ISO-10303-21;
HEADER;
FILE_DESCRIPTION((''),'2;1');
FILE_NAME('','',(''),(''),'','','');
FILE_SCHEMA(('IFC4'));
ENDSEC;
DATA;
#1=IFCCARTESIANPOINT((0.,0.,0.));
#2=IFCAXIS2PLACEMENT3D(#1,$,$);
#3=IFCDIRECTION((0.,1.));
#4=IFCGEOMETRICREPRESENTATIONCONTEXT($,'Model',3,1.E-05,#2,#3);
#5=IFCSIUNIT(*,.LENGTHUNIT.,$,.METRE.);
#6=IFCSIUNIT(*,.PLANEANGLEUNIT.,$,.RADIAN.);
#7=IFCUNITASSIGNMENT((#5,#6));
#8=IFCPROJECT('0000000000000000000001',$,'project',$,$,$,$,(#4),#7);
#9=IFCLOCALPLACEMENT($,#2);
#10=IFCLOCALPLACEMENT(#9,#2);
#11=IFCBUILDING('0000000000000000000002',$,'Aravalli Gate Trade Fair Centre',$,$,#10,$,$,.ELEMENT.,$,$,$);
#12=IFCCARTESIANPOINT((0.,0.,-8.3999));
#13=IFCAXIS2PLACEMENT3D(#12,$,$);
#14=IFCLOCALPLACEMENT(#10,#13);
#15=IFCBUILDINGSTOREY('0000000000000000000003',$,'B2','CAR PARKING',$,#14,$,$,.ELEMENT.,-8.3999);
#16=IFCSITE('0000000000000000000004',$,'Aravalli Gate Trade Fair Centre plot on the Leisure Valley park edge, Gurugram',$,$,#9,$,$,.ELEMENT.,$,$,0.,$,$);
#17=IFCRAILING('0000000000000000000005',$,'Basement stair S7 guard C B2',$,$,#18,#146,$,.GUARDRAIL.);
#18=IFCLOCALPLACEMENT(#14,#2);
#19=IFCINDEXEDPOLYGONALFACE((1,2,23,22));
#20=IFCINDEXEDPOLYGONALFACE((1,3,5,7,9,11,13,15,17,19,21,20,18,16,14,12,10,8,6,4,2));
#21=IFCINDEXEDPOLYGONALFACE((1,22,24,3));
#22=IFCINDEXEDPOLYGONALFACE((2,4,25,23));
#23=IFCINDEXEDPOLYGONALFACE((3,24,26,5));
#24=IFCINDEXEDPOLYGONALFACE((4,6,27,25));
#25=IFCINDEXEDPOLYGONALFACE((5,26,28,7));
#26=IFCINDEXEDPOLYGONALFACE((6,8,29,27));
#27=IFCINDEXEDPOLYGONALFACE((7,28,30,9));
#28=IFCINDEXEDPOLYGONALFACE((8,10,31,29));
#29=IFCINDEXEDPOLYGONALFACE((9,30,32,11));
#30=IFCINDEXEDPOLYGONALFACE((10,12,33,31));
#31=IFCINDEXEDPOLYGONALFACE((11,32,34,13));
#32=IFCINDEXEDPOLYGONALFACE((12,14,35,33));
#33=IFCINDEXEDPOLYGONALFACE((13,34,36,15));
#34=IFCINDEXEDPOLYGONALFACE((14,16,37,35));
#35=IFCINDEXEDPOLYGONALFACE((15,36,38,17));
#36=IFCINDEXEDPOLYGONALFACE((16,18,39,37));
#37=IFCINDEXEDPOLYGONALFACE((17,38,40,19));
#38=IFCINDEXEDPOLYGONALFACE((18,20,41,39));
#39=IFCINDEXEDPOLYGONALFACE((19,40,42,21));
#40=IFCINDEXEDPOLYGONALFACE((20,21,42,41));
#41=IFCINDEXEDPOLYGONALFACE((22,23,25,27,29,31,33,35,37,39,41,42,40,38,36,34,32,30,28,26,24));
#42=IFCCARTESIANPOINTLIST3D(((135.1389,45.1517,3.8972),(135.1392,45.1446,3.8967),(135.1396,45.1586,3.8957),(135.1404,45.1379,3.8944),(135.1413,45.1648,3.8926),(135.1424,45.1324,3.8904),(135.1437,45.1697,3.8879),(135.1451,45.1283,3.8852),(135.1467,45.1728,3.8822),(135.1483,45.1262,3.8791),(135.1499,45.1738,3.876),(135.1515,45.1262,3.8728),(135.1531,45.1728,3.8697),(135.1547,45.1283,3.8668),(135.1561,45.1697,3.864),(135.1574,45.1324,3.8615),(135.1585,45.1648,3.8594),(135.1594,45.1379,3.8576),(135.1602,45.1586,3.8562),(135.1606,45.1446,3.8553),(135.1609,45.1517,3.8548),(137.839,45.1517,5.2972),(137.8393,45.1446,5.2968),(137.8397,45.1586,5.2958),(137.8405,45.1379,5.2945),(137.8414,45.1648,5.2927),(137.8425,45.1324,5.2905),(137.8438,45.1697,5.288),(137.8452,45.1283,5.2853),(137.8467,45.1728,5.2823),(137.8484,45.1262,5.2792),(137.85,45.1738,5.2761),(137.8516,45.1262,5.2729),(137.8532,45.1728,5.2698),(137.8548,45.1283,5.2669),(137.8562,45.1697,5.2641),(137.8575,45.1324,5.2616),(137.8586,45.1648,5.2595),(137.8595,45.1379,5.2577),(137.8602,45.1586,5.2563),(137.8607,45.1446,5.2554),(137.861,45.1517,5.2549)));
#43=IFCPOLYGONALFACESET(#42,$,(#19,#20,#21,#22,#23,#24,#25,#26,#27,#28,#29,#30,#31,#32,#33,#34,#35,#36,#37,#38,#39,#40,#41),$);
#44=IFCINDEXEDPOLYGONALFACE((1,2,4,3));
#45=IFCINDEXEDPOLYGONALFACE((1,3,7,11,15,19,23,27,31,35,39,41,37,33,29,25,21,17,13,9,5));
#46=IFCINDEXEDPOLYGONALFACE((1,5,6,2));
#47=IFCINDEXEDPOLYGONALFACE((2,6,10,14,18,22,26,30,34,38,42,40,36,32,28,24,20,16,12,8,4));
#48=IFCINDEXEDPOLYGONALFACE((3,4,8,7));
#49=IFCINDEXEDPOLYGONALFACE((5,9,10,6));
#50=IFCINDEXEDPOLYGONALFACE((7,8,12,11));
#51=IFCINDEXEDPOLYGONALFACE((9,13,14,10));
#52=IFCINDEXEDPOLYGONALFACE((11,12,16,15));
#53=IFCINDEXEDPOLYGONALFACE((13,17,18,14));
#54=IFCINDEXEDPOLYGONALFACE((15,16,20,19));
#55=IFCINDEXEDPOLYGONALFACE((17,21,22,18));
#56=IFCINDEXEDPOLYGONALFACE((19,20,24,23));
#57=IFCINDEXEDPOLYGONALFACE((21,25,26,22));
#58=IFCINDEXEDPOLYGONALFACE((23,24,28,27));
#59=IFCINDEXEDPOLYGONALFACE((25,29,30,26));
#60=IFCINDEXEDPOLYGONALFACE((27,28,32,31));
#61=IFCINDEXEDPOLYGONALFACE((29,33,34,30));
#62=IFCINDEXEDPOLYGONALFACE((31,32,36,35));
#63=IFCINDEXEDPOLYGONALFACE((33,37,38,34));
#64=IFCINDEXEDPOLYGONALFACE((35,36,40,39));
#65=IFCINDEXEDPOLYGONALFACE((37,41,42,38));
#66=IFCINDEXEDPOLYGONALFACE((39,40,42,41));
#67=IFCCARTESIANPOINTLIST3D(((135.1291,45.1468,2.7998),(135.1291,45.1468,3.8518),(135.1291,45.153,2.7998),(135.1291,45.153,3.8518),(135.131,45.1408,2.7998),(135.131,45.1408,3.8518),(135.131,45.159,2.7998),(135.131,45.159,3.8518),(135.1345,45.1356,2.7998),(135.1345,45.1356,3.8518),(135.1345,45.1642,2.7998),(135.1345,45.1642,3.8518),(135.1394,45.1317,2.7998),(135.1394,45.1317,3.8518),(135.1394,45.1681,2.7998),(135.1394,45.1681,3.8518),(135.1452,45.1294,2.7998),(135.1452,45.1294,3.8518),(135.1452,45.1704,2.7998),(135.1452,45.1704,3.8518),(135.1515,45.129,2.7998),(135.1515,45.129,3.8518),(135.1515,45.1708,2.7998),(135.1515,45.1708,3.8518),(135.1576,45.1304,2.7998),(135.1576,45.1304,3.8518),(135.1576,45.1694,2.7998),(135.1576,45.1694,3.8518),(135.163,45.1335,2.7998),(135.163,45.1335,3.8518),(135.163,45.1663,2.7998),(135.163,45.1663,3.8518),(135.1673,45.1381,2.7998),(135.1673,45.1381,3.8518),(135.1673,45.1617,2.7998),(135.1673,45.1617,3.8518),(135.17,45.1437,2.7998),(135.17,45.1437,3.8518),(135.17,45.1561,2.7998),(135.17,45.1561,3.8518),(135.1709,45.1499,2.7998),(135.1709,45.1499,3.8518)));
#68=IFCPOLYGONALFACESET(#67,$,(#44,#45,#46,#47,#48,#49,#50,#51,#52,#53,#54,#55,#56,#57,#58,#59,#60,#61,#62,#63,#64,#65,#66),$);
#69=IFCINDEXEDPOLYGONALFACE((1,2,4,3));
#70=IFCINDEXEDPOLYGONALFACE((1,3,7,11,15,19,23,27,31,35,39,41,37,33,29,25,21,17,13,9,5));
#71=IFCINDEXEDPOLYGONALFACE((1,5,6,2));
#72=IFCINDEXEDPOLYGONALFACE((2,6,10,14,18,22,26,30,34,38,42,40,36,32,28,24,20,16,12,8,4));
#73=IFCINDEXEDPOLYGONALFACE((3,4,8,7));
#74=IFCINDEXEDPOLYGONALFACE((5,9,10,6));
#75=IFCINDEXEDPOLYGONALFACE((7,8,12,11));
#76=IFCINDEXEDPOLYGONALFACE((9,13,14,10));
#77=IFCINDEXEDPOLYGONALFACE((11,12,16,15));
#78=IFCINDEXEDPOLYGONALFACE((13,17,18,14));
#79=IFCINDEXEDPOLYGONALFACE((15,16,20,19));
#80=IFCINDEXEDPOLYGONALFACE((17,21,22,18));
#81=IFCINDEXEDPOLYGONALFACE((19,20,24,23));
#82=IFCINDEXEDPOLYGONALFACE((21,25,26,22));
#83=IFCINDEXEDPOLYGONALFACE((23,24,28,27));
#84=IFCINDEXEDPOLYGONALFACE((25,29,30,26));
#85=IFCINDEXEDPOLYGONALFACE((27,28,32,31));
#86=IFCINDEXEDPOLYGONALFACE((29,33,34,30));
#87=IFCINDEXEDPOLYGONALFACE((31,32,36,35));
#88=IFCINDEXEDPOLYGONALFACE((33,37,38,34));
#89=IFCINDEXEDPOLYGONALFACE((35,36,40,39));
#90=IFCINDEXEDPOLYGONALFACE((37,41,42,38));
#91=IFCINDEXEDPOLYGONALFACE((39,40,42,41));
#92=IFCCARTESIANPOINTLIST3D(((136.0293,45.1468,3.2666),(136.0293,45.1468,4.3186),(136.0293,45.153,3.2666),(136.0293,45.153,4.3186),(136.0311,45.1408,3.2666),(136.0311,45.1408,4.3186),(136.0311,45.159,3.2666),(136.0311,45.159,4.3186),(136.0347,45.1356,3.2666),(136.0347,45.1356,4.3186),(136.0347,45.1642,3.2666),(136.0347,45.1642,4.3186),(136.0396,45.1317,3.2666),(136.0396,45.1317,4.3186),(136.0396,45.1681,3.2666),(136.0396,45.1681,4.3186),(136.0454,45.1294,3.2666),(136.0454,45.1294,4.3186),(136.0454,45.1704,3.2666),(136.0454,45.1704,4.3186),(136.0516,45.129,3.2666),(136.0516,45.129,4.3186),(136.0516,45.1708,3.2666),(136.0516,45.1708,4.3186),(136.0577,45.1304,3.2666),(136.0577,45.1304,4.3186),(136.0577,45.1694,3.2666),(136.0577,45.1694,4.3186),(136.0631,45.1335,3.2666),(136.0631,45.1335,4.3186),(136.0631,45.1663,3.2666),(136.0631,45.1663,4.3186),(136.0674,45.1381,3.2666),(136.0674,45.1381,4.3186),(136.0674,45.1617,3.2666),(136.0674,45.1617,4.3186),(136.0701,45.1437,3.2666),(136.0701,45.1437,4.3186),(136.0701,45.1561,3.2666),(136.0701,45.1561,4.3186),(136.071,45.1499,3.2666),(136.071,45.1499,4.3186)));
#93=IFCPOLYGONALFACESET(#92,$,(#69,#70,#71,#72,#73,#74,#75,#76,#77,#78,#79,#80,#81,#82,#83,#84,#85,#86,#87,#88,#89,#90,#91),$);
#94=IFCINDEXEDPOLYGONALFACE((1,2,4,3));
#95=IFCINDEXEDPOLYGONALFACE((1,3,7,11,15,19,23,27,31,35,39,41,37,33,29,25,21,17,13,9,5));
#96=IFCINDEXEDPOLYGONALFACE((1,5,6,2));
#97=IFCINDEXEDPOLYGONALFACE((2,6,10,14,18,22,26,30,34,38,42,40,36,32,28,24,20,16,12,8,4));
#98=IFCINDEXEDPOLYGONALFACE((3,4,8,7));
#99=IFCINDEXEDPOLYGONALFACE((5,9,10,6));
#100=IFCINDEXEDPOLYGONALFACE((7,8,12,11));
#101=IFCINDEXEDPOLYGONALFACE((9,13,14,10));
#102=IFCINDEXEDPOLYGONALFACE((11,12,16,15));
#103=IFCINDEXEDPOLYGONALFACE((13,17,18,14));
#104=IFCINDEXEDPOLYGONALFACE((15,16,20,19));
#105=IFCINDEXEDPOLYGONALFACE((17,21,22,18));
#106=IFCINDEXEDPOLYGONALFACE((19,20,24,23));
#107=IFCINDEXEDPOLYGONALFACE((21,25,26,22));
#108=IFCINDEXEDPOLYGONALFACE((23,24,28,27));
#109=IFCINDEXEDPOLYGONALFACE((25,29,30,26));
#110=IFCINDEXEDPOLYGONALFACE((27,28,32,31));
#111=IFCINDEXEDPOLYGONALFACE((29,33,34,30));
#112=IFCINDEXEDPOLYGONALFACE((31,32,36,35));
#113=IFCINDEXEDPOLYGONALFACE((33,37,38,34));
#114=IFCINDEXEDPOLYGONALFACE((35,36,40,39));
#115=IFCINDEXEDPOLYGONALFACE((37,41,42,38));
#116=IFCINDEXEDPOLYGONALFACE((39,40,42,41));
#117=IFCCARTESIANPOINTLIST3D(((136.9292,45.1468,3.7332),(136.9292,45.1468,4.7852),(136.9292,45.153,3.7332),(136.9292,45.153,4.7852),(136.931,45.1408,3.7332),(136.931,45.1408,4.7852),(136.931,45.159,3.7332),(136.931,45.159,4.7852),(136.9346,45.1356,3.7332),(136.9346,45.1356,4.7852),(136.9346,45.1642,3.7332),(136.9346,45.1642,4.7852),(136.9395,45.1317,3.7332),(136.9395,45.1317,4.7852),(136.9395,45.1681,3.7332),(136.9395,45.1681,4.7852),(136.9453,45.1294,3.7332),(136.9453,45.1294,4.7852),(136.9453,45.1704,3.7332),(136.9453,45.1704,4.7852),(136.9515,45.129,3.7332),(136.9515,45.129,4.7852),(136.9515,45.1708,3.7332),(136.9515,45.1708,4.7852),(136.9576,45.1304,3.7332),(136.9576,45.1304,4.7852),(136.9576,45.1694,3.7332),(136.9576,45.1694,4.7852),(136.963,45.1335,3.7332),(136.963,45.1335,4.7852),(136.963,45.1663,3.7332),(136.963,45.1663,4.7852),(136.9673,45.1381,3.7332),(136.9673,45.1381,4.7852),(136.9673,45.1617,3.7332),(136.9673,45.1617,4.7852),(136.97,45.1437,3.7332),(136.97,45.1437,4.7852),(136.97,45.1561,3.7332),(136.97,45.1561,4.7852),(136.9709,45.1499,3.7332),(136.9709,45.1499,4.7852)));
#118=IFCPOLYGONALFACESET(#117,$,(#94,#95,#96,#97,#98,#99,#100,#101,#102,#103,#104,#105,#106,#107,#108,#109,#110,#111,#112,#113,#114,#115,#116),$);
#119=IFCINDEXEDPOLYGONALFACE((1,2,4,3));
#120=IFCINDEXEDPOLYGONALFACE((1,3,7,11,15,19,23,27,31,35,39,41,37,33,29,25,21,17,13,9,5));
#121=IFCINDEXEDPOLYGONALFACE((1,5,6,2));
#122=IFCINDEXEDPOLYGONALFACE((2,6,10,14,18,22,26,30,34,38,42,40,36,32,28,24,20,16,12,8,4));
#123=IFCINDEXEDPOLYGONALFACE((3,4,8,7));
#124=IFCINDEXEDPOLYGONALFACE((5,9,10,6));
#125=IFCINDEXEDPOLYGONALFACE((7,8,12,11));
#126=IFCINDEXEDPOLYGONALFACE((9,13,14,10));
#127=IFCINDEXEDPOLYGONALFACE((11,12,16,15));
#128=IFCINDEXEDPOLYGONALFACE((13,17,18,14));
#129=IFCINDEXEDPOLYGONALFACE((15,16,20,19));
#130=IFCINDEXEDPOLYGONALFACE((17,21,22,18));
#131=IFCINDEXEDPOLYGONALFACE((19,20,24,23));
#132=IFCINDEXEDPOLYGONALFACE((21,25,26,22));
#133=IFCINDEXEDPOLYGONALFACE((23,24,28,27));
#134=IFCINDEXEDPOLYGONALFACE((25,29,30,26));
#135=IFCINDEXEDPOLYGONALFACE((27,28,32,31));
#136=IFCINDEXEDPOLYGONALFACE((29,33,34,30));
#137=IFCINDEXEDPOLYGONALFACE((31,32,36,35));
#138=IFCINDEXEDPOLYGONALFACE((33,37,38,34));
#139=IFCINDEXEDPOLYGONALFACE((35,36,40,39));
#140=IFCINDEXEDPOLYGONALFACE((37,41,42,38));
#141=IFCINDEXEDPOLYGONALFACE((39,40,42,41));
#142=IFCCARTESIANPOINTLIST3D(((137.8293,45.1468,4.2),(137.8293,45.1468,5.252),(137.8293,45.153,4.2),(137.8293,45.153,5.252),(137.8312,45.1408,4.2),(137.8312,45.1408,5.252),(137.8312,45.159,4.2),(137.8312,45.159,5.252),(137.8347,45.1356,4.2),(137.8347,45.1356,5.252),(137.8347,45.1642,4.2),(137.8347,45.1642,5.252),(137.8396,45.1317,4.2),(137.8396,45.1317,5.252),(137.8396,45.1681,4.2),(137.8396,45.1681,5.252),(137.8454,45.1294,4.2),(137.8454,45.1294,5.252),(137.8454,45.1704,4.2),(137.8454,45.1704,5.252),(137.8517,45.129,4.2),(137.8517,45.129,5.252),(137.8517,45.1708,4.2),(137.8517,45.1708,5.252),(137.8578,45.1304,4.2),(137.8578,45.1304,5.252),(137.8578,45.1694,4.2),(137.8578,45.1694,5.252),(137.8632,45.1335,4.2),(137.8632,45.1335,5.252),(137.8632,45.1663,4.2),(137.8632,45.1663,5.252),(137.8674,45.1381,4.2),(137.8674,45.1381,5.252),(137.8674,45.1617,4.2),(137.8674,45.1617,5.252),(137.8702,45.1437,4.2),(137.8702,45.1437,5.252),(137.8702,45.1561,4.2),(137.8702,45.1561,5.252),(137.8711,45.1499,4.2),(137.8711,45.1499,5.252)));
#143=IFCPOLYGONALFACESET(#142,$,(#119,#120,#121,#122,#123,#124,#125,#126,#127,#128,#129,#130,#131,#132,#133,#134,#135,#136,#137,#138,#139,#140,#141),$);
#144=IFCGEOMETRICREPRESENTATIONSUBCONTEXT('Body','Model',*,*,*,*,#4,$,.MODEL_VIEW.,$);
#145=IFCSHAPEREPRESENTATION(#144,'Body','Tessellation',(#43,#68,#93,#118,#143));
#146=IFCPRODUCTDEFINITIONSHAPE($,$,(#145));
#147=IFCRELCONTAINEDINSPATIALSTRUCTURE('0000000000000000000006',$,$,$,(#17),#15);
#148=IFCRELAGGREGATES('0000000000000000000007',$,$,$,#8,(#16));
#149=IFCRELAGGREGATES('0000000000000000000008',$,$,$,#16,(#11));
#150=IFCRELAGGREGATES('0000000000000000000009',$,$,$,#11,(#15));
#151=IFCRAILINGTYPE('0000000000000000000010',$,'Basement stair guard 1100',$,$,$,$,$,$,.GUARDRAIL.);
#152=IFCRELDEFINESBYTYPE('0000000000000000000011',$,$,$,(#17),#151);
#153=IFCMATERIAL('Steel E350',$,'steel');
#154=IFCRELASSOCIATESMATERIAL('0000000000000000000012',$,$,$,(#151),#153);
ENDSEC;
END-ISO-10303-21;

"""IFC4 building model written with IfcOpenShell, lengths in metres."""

from ifc_helpers import new_model, si_unit, direction, frame, origin, origin_2d, place, context, subcontext, project, spatial, circle, extrude, material, type_object, element, save


model = new_model("IFC4")

# Units and contexts
model_context = context("Model", 3, precision=1e-05, world=origin(), true_north=direction((0.0, 1.0)))
body_context = subcontext(model_context, "Body", "Model", "MODEL_VIEW")
ifc_project = project(units=[si_unit("LENGTHUNIT", "METRE"), si_unit("PLANEANGLEUNIT", "RADIAN")], contexts=[model_context])

# Site, building, storey
site_placement = place(None, origin())
site = spatial("IfcSite", under=ifc_project, at=site_placement, Name="Aravalli Gate Trade Fair Centre plot on the Leisure Valley park edge, Gurugram", CompositionType="ELEMENT", RefElevation=0.0)
building_placement = place(site_placement, origin())
building = spatial("IfcBuilding", under=site, at=building_placement, Name="Aravalli Gate Trade Fair Centre", CompositionType="ELEMENT")
storey_placement = place(building_placement, frame((0.0, 0.0, -8.3999)))
storey = spatial("IfcBuildingStorey", under=building, at=storey_placement, Name="B2", Description="CAR PARKING", CompositionType="ELEMENT", Elevation=-8.3999)

# Railing
ifc_material_1 = material(Name="Steel E350", Category="steel")
railing_type = type_object("IfcRailingType", Name="Basement stair guard 1100", PredefinedType="GUARDRAIL", material=ifc_material_1)
railing_1_placement = place(storey_placement, frame((135.1499, 45.1499, 2.7998)))
element("IfcRailing", 1, at=railing_1_placement, inside=storey, type_object=railing_type, Name="Basement stair S7 guard C B2", PredefinedType="GUARDRAIL", context=body_context, shape_type="SweptSolid", body=[
    extrude(circle(Radius=0.0239, at=origin_2d()), frame((0.0, 0.0, 1.0762), z_axis=(0.887748, 0.0, 0.460329), x_axis=(0.0, 1.0, 0.0)), (0.0, 0.0, 1.0), 3.0415),
    extrude(circle(Radius=0.021, at=origin_2d()), origin(), (0.0, 0.0, 1.0), 1.052),
    extrude(circle(Radius=0.021, at=origin_2d()), frame((0.9001, 0.0, 0.4668)), (0.0, 0.0, 1.0), 1.052),
    extrude(circle(Radius=0.021, at=origin_2d()), frame((1.8, 0.0, 0.9333)), (0.0, 0.0, 1.0), 1.052),
    extrude(circle(Radius=0.021, at=origin_2d()), frame((2.7002, 0.0, 1.4001)), (0.0, 0.0, 1.0), 1.052),
])

save(model, "model.ifc")
